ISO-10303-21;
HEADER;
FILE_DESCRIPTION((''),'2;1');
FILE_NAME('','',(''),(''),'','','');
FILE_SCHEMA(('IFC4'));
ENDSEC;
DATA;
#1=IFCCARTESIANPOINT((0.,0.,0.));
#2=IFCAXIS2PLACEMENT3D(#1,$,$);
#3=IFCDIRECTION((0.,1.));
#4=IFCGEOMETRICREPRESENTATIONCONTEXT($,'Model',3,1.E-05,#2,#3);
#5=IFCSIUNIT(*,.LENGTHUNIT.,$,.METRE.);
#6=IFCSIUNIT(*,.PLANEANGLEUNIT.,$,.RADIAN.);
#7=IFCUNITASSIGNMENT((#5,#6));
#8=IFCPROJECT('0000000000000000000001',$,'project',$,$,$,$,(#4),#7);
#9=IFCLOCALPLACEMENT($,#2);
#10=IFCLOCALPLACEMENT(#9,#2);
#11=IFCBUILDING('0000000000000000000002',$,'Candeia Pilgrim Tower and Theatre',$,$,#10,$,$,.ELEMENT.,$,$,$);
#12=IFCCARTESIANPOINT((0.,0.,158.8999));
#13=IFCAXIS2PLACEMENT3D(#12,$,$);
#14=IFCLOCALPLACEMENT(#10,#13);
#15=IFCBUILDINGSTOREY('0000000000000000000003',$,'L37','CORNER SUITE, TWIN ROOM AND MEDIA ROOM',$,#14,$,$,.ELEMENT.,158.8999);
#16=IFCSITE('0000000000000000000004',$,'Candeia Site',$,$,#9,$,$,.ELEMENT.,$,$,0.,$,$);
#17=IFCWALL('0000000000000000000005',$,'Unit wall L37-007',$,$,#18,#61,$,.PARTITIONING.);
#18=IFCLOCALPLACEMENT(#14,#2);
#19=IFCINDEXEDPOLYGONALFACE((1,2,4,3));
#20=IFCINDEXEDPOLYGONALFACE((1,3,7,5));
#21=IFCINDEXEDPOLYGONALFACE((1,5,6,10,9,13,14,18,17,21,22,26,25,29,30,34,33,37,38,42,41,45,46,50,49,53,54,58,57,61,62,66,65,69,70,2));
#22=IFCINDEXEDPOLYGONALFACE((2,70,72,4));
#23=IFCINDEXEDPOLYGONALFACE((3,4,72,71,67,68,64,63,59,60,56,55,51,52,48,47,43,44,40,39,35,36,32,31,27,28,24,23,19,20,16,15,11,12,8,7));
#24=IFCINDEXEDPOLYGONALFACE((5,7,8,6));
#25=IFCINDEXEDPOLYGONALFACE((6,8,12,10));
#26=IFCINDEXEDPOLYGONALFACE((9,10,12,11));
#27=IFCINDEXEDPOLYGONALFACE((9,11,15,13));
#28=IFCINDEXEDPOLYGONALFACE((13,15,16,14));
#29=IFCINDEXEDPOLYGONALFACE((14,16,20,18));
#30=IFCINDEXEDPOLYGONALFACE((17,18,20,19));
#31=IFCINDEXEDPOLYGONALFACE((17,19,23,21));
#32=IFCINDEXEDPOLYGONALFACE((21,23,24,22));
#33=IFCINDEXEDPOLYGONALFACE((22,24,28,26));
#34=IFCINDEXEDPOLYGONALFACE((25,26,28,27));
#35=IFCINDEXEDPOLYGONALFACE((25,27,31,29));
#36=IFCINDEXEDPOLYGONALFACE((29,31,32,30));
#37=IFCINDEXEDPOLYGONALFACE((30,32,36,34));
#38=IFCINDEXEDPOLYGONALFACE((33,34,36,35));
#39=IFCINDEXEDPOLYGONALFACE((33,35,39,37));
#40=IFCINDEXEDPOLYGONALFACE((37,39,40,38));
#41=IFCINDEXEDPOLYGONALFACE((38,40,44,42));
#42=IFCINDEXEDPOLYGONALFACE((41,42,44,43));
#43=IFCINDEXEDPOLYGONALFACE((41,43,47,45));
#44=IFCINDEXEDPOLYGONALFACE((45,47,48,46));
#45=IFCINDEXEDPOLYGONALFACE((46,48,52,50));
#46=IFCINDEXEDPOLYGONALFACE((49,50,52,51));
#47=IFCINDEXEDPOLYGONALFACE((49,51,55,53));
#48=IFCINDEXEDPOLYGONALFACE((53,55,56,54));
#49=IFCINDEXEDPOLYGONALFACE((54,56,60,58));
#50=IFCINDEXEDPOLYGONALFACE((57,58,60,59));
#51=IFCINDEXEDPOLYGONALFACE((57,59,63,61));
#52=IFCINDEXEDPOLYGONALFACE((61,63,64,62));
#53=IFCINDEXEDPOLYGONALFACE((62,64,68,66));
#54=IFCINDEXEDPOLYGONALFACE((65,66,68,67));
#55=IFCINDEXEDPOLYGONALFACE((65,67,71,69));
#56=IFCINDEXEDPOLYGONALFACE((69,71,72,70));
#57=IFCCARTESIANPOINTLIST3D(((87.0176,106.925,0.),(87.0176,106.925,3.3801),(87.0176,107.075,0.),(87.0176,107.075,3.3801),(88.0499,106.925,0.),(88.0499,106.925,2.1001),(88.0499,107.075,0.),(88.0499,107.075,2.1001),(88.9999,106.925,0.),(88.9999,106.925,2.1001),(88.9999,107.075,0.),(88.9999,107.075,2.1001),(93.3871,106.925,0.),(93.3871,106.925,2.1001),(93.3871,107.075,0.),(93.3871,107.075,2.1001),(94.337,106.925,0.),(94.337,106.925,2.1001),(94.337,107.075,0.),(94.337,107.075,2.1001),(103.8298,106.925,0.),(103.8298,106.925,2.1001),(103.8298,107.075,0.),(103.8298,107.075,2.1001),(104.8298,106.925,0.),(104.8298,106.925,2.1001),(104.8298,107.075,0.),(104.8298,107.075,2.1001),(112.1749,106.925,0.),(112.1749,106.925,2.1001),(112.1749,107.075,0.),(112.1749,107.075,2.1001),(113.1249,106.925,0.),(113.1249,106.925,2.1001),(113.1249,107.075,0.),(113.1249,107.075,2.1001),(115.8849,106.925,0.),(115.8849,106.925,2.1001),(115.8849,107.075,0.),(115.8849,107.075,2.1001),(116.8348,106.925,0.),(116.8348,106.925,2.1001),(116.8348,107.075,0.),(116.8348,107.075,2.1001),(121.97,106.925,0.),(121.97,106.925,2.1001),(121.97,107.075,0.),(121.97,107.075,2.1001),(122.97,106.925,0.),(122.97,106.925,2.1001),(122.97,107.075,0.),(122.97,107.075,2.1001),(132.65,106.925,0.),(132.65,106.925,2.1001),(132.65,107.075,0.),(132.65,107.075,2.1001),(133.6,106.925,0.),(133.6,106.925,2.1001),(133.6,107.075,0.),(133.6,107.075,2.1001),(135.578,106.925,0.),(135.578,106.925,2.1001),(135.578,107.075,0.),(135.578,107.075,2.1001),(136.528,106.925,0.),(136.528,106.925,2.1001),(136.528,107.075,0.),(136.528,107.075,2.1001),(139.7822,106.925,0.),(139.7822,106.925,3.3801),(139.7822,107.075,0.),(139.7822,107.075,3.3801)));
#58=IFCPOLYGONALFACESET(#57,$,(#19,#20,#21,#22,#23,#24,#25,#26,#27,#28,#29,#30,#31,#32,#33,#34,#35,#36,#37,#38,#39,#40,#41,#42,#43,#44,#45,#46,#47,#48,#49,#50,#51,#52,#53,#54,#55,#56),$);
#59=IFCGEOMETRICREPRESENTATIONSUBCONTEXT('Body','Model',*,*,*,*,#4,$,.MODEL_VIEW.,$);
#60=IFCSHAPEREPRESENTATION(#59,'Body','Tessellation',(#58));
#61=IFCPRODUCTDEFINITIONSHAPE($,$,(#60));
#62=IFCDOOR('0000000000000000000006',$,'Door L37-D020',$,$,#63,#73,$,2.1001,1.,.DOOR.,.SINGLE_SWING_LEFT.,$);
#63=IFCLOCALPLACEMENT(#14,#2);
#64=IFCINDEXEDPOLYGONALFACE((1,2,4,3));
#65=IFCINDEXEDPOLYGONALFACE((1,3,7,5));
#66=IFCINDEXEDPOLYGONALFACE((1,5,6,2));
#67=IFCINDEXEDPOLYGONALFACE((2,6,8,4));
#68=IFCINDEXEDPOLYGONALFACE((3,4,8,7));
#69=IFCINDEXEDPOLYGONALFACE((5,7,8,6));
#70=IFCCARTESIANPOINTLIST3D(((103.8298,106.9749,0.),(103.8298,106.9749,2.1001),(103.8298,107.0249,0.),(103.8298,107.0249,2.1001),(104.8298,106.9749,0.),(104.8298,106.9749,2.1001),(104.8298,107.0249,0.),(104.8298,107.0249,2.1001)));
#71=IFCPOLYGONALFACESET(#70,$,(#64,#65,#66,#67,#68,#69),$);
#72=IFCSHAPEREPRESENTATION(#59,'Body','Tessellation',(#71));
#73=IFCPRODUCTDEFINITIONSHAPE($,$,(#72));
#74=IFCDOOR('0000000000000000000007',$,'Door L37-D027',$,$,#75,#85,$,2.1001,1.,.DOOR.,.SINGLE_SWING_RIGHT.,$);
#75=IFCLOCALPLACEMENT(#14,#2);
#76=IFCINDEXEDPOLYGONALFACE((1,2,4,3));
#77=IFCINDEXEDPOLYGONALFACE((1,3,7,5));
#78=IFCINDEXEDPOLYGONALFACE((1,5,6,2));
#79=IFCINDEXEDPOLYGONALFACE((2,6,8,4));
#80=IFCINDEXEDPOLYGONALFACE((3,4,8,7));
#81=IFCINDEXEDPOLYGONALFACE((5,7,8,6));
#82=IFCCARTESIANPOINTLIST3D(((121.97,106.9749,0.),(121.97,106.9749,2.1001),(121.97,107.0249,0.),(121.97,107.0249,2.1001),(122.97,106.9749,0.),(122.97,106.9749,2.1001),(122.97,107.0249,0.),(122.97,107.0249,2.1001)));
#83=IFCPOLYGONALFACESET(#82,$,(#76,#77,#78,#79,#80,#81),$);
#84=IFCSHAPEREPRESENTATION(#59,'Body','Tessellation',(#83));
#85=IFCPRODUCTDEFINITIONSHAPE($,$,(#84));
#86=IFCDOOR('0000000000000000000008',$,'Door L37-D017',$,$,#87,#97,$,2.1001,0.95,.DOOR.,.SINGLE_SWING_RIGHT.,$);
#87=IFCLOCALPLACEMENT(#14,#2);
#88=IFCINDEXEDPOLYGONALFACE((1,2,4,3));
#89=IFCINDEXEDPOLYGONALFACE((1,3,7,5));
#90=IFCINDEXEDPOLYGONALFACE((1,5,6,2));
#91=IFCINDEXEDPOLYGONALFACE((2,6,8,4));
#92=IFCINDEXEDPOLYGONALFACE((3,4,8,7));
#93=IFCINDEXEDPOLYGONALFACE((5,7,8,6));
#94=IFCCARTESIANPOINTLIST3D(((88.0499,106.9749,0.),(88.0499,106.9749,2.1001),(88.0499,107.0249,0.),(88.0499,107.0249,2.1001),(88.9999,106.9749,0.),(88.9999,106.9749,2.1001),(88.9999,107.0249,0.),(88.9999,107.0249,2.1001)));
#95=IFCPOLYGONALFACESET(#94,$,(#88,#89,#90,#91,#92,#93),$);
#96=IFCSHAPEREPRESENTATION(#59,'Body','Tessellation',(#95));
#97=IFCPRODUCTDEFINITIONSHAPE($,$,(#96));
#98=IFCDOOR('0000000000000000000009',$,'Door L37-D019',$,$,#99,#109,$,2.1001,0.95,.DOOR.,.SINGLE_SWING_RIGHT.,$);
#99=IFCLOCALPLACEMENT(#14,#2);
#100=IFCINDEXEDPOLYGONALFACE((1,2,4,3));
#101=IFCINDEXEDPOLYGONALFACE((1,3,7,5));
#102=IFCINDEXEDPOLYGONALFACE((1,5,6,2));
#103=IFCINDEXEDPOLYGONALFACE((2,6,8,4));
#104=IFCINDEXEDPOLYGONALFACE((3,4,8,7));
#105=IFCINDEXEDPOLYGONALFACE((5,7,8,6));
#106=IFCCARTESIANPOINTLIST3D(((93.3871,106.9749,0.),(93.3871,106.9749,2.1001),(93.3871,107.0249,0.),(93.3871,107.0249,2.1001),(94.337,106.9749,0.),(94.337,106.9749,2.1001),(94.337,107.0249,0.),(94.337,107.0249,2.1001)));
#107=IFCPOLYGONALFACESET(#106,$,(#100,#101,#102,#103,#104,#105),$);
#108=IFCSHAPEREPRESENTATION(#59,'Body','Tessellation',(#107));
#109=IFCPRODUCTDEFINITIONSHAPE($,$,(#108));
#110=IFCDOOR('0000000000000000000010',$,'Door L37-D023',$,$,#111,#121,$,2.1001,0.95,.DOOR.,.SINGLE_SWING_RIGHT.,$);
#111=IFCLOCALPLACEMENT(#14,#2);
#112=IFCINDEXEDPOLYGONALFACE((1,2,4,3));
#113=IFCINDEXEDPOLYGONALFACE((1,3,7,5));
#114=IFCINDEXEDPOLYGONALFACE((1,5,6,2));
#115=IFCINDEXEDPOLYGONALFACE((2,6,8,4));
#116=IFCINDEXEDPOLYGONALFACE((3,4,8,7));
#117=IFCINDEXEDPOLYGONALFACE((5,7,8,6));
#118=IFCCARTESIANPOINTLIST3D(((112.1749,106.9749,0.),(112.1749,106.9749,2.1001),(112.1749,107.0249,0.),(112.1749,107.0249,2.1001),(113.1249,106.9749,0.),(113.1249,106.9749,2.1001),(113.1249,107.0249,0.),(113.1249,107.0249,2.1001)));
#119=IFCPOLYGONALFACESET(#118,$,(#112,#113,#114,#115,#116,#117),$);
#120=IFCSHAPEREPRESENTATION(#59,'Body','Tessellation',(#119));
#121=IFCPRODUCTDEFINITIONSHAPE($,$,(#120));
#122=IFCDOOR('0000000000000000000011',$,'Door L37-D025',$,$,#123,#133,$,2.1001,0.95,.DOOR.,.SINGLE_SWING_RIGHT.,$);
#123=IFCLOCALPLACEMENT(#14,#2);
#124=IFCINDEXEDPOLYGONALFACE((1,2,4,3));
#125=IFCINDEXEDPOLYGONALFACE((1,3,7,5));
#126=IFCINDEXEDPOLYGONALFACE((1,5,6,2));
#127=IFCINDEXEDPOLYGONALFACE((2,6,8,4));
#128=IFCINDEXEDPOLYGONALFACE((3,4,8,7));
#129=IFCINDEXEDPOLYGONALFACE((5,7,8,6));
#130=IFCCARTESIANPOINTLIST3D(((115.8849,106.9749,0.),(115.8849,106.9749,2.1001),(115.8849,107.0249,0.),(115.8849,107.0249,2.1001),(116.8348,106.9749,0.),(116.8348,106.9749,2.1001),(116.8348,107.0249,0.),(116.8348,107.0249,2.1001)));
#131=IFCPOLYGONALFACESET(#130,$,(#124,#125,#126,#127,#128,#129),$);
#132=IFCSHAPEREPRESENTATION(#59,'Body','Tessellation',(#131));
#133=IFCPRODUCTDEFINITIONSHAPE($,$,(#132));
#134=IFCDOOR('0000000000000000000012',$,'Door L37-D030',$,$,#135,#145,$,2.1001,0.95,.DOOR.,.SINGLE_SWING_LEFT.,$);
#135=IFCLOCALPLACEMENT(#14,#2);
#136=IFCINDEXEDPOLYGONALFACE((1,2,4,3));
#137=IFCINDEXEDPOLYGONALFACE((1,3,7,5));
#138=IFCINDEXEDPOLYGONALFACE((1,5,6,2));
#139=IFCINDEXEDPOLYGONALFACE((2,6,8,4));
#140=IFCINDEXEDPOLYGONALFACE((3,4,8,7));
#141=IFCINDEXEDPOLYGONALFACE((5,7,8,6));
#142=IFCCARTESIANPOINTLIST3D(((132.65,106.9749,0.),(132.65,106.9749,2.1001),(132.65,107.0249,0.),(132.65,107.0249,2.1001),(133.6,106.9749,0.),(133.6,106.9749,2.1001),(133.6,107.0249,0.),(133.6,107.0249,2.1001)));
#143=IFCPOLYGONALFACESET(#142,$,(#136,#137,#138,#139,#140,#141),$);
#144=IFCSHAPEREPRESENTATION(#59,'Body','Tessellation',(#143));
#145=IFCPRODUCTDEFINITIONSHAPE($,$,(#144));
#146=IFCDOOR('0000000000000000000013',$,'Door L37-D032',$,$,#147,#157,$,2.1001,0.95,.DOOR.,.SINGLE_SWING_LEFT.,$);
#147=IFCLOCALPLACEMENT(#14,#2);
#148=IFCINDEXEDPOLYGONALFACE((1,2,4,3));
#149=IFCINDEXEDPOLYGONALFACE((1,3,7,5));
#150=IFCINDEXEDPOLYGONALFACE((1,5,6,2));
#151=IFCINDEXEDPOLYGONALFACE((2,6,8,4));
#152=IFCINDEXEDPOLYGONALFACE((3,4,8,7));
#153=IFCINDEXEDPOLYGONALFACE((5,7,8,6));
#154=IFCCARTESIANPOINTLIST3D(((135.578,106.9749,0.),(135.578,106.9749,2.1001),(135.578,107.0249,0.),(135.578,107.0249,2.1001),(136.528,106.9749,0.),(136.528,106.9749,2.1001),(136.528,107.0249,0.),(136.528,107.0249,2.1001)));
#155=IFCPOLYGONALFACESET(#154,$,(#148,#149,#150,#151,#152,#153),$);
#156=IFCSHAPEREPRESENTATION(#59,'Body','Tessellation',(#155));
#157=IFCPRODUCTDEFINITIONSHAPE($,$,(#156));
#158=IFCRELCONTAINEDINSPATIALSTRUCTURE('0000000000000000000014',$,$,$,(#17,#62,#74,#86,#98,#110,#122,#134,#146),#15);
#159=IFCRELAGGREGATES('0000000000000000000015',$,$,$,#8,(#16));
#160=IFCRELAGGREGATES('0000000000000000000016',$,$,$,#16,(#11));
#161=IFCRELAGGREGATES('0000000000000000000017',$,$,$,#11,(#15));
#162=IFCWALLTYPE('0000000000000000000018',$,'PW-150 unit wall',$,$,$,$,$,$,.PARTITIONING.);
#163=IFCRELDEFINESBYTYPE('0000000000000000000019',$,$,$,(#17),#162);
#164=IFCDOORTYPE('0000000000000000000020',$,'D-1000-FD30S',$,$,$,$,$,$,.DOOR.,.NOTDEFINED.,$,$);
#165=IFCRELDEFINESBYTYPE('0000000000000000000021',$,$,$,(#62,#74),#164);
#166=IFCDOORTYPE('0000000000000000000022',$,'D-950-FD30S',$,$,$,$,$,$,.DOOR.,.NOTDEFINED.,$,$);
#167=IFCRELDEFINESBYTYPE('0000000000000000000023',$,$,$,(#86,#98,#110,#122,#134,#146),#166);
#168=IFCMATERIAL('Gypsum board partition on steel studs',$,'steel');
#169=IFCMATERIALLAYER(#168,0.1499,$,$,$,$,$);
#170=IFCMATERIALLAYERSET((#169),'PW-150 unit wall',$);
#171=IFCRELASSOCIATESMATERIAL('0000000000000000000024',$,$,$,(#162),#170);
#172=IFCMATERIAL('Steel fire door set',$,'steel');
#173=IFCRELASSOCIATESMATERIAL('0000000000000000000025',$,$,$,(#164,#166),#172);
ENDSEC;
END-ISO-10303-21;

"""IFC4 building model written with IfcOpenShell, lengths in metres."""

from ifc_helpers import new_model, si_unit, direction, frame, frame_2d, origin, place, context, subcontext, project, spatial, rectangle, extrude, material, layer, layer_set, type_object, element, fill, save


model = new_model("IFC4")

# Units and contexts
model_context = context("Model", 3, precision=1e-05, world=origin(), true_north=direction((0.0, 1.0)))
body_context = subcontext(model_context, "Body", "Model", "MODEL_VIEW")
ifc_project = project(units=[si_unit("LENGTHUNIT", "METRE"), si_unit("PLANEANGLEUNIT", "RADIAN")], contexts=[model_context])

# Site, building, storey
site_placement = place(None, origin())
site = spatial("IfcSite", under=ifc_project, at=site_placement, Name="Candeia Site", CompositionType="ELEMENT", RefElevation=0.0)
building_placement = place(site_placement, origin())
building = spatial("IfcBuilding", under=site, at=building_placement, Name="Candeia Pilgrim Tower and Theatre", CompositionType="ELEMENT")
storey_placement = place(building_placement, frame((0.0, 0.0, 158.8999)))
storey = spatial("IfcBuildingStorey", under=building, at=storey_placement, Name="L37", Description="CORNER SUITE, TWIN ROOM AND MEDIA ROOM", CompositionType="ELEMENT", Elevation=158.8999)

# Shared definitions
ifc_material_1 = material(Name="Gypsum board partition on steel studs", Category="steel")

# Wall, openings, doors
ifc_layer_1 = layer(ifc_material_1, 0.1499)
ifc_layer_set_1 = layer_set([ifc_layer_1], Name="PW-150 unit wall")
wall_type_1 = type_object("IfcWallType", Name="PW-150 unit wall", PredefinedType="PARTITIONING", material=ifc_layer_set_1)
wall_1_placement = place(storey_placement, frame((87.0176, 107.0, 0.0), z_axis=(0.0, 0.0, 1.0), x_axis=(1.0, 0.0, 0.0)))
wall_1 = element("IfcWall", 1, at=wall_1_placement, inside=storey, type_object=wall_type_1, Name="Unit wall L37-007", PredefinedType="PARTITIONING", context=body_context, shape_type="SweptSolid", body=[
    extrude(rectangle(XDim=52.7646, YDim=0.1499, at=frame_2d((26.3823, 0.0))), origin(), (0.0, 0.0, 1.0), 3.3801),
])
opening_1_placement = place(wall_1_placement, frame((1.0322, 0.0, 0.0)))
opening_1 = element("IfcOpeningElement", 2, at=opening_1_placement, cuts=wall_1, PredefinedType="OPENING", context=body_context, shape_type="SweptSolid", body=[
    extrude(rectangle(XDim=0.95, YDim=2.1001, at=frame_2d((0.4751, 1.05))), frame((0.0, 0.085, 0.0), z_axis=(0.0, -1.0, 0.0), x_axis=(1.0, 0.0, 0.0)), (0.0, 0.0, 1.0), 0.1699),
])
opening_2_placement = place(wall_1_placement, frame((6.3694, 0.0, 0.0)))
opening_2 = element("IfcOpeningElement", 3, at=opening_2_placement, cuts=wall_1, PredefinedType="OPENING", context=body_context, shape_type="SweptSolid", body=[
    extrude(rectangle(XDim=0.95, YDim=2.1001, at=frame_2d((0.4751, 1.05))), frame((0.0, 0.085, 0.0), z_axis=(0.0, -1.0, 0.0), x_axis=(1.0, 0.0, 0.0)), (0.0, 0.0, 1.0), 0.1699),
])
opening_3_placement = place(wall_1_placement, frame((16.8123, 0.0, 0.0)))
opening_3 = element("IfcOpeningElement", 4, at=opening_3_placement, cuts=wall_1, PredefinedType="OPENING", context=body_context, shape_type="SweptSolid", body=[
    extrude(rectangle(XDim=1.0, YDim=2.1001, at=frame_2d((0.5, 1.05))), frame((0.0, 0.085, 0.0), z_axis=(0.0, -1.0, 0.0), x_axis=(1.0, 0.0, 0.0)), (0.0, 0.0, 1.0), 0.1699),
])
opening_4_placement = place(wall_1_placement, frame((25.1572, 0.0, 0.0)))
opening_4 = element("IfcOpeningElement", 5, at=opening_4_placement, cuts=wall_1, PredefinedType="OPENING", context=body_context, shape_type="SweptSolid", body=[
    extrude(rectangle(XDim=0.95, YDim=2.1001, at=frame_2d((0.4751, 1.05))), frame((0.0, 0.085, 0.0), z_axis=(0.0, -1.0, 0.0), x_axis=(1.0, 0.0, 0.0)), (0.0, 0.0, 1.0), 0.1699),
])
opening_5_placement = place(wall_1_placement, frame((28.8672, 0.0, 0.0)))
opening_5 = element("IfcOpeningElement", 6, at=opening_5_placement, cuts=wall_1, PredefinedType="OPENING", context=body_context, shape_type="SweptSolid", body=[
    extrude(rectangle(XDim=0.95, YDim=2.1001, at=frame_2d((0.4751, 1.05))), frame((0.0, 0.085, 0.0), z_axis=(0.0, -1.0, 0.0), x_axis=(1.0, 0.0, 0.0)), (0.0, 0.0, 1.0), 0.1699),
])
opening_6_placement = place(wall_1_placement, frame((34.9524, 0.0, 0.0)))
opening_6 = element("IfcOpeningElement", 7, at=opening_6_placement, cuts=wall_1, PredefinedType="OPENING", context=body_context, shape_type="SweptSolid", body=[
    extrude(rectangle(XDim=1.0, YDim=2.1001, at=frame_2d((0.5, 1.05))), frame((0.0, 0.085, 0.0), z_axis=(0.0, -1.0, 0.0), x_axis=(1.0, 0.0, 0.0)), (0.0, 0.0, 1.0), 0.1699),
])
opening_7_placement = place(wall_1_placement, frame((45.6323, 0.0, 0.0)))
opening_7 = element("IfcOpeningElement", 8, at=opening_7_placement, cuts=wall_1, PredefinedType="OPENING", context=body_context, shape_type="SweptSolid", body=[
    extrude(rectangle(XDim=0.95, YDim=2.1001, at=frame_2d((0.4751, 1.05))), frame((0.0, 0.085, 0.0), z_axis=(0.0, -1.0, 0.0), x_axis=(1.0, 0.0, 0.0)), (0.0, 0.0, 1.0), 0.1699),
])
opening_8_placement = place(wall_1_placement, frame((48.5603, 0.0, 0.0)))
opening_8 = element("IfcOpeningElement", 9, at=opening_8_placement, cuts=wall_1, PredefinedType="OPENING", context=body_context, shape_type="SweptSolid", body=[
    extrude(rectangle(XDim=0.95, YDim=2.1001, at=frame_2d((0.4751, 1.05))), frame((0.0, 0.085, 0.0), z_axis=(0.0, -1.0, 0.0), x_axis=(1.0, 0.0, 0.0)), (0.0, 0.0, 1.0), 0.1699),
])
ifc_material_2 = material(Name="Steel fire door set", Category="steel")
door_type_1 = type_object("IfcDoorType", Name="D-1000-FD30S", OperationType="NOTDEFINED", PredefinedType="DOOR", material=ifc_material_2)
door_1_placement = place(opening_3_placement, origin())
door_1 = element("IfcDoor", 10, at=door_1_placement, inside=storey, type_object=door_type_1, Name="Door L37-D020", OperationType="SINGLE_SWING_LEFT", OverallHeight=2.1001, OverallWidth=1.0, PredefinedType="DOOR", context=body_context, shape_type="SweptSolid", body=[
    extrude(rectangle(XDim=1.0, YDim=2.1001, at=frame_2d((0.5, 1.05))), frame((0.0, 0.0249, 0.0), z_axis=(0.0, -1.0, 0.0), x_axis=(1.0, 0.0, 0.0)), (0.0, 0.0, 1.0), 0.05),
])
fill(opening_3, door_1)
door_2_placement = place(opening_6_placement, origin())
door_2 = element("IfcDoor", 11, at=door_2_placement, inside=storey, type_object=door_type_1, Name="Door L37-D027", OperationType="SINGLE_SWING_RIGHT", OverallHeight=2.1001, OverallWidth=1.0, PredefinedType="DOOR", context=body_context, shape_type="SweptSolid", body=[
    extrude(rectangle(XDim=1.0, YDim=2.1001, at=frame_2d((0.5, 1.05))), frame((0.0, 0.0249, 0.0), z_axis=(0.0, -1.0, 0.0), x_axis=(1.0, 0.0, 0.0)), (0.0, 0.0, 1.0), 0.05),
])
fill(opening_6, door_2)
door_type_2 = type_object("IfcDoorType", Name="D-950-FD30S", OperationType="NOTDEFINED", PredefinedType="DOOR", material=ifc_material_2)
door_3_placement = place(opening_1_placement, origin())
door_3 = element("IfcDoor", 12, at=door_3_placement, inside=storey, type_object=door_type_2, Name="Door L37-D017", OperationType="SINGLE_SWING_RIGHT", OverallHeight=2.1001, OverallWidth=0.95, PredefinedType="DOOR", context=body_context, shape_type="SweptSolid", body=[
    extrude(rectangle(XDim=0.95, YDim=2.1001, at=frame_2d((0.4751, 1.05))), frame((0.0, 0.0249, 0.0), z_axis=(0.0, -1.0, 0.0), x_axis=(1.0, 0.0, 0.0)), (0.0, 0.0, 1.0), 0.05),
])
fill(opening_1, door_3)
door_4_placement = place(opening_2_placement, origin())
door_4 = element("IfcDoor", 13, at=door_4_placement, inside=storey, type_object=door_type_2, Name="Door L37-D019", OperationType="SINGLE_SWING_RIGHT", OverallHeight=2.1001, OverallWidth=0.95, PredefinedType="DOOR", context=body_context, shape_type="SweptSolid", body=[
    extrude(rectangle(XDim=0.95, YDim=2.1001, at=frame_2d((0.4751, 1.05))), frame((0.0, 0.0249, 0.0), z_axis=(0.0, -1.0, 0.0), x_axis=(1.0, 0.0, 0.0)), (0.0, 0.0, 1.0), 0.05),
])
fill(opening_2, door_4)
door_5_placement = place(opening_4_placement, origin())
door_5 = element("IfcDoor", 14, at=door_5_placement, inside=storey, type_object=door_type_2, Name="Door L37-D023", OperationType="SINGLE_SWING_RIGHT", OverallHeight=2.1001, OverallWidth=0.95, PredefinedType="DOOR", context=body_context, shape_type="SweptSolid", body=[
    extrude(rectangle(XDim=0.95, YDim=2.1001, at=frame_2d((0.4751, 1.05))), frame((0.0, 0.0249, 0.0), z_axis=(0.0, -1.0, 0.0), x_axis=(1.0, 0.0, 0.0)), (0.0, 0.0, 1.0), 0.05),
])
fill(opening_4, door_5)
door_6_placement = place(opening_5_placement, origin())
door_6 = element("IfcDoor", 15, at=door_6_placement, inside=storey, type_object=door_type_2, Name="Door L37-D025", OperationType="SINGLE_SWING_RIGHT", OverallHeight=2.1001, OverallWidth=0.95, PredefinedType="DOOR", context=body_context, shape_type="SweptSolid", body=[
    extrude(rectangle(XDim=0.95, YDim=2.1001, at=frame_2d((0.4751, 1.05))), frame((0.0, 0.0249, 0.0), z_axis=(0.0, -1.0, 0.0), x_axis=(1.0, 0.0, 0.0)), (0.0, 0.0, 1.0), 0.05),
])
fill(opening_5, door_6)
door_7_placement = place(opening_7_placement, origin())
door_7 = element("IfcDoor", 16, at=door_7_placement, inside=storey, type_object=door_type_2, Name="Door L37-D030", OperationType="SINGLE_SWING_LEFT", OverallHeight=2.1001, OverallWidth=0.95, PredefinedType="DOOR", context=body_context, shape_type="SweptSolid", body=[
    extrude(rectangle(XDim=0.95, YDim=2.1001, at=frame_2d((0.4751, 1.05))), frame((0.0, 0.0249, 0.0), z_axis=(0.0, -1.0, 0.0), x_axis=(1.0, 0.0, 0.0)), (0.0, 0.0, 1.0), 0.05),
])
fill(opening_7, door_7)
door_8_placement = place(opening_8_placement, origin())
door_8 = element("IfcDoor", 17, at=door_8_placement, inside=storey, type_object=door_type_2, Name="Door L37-D032", OperationType="SINGLE_SWING_LEFT", OverallHeight=2.1001, OverallWidth=0.95, PredefinedType="DOOR", context=body_context, shape_type="SweptSolid", body=[
    extrude(rectangle(XDim=0.95, YDim=2.1001, at=frame_2d((0.4751, 1.05))), frame((0.0, 0.0249, 0.0), z_axis=(0.0, -1.0, 0.0), x_axis=(1.0, 0.0, 0.0)), (0.0, 0.0, 1.0), 0.05),
])
fill(opening_8, door_8)

save(model, "model.ifc")
